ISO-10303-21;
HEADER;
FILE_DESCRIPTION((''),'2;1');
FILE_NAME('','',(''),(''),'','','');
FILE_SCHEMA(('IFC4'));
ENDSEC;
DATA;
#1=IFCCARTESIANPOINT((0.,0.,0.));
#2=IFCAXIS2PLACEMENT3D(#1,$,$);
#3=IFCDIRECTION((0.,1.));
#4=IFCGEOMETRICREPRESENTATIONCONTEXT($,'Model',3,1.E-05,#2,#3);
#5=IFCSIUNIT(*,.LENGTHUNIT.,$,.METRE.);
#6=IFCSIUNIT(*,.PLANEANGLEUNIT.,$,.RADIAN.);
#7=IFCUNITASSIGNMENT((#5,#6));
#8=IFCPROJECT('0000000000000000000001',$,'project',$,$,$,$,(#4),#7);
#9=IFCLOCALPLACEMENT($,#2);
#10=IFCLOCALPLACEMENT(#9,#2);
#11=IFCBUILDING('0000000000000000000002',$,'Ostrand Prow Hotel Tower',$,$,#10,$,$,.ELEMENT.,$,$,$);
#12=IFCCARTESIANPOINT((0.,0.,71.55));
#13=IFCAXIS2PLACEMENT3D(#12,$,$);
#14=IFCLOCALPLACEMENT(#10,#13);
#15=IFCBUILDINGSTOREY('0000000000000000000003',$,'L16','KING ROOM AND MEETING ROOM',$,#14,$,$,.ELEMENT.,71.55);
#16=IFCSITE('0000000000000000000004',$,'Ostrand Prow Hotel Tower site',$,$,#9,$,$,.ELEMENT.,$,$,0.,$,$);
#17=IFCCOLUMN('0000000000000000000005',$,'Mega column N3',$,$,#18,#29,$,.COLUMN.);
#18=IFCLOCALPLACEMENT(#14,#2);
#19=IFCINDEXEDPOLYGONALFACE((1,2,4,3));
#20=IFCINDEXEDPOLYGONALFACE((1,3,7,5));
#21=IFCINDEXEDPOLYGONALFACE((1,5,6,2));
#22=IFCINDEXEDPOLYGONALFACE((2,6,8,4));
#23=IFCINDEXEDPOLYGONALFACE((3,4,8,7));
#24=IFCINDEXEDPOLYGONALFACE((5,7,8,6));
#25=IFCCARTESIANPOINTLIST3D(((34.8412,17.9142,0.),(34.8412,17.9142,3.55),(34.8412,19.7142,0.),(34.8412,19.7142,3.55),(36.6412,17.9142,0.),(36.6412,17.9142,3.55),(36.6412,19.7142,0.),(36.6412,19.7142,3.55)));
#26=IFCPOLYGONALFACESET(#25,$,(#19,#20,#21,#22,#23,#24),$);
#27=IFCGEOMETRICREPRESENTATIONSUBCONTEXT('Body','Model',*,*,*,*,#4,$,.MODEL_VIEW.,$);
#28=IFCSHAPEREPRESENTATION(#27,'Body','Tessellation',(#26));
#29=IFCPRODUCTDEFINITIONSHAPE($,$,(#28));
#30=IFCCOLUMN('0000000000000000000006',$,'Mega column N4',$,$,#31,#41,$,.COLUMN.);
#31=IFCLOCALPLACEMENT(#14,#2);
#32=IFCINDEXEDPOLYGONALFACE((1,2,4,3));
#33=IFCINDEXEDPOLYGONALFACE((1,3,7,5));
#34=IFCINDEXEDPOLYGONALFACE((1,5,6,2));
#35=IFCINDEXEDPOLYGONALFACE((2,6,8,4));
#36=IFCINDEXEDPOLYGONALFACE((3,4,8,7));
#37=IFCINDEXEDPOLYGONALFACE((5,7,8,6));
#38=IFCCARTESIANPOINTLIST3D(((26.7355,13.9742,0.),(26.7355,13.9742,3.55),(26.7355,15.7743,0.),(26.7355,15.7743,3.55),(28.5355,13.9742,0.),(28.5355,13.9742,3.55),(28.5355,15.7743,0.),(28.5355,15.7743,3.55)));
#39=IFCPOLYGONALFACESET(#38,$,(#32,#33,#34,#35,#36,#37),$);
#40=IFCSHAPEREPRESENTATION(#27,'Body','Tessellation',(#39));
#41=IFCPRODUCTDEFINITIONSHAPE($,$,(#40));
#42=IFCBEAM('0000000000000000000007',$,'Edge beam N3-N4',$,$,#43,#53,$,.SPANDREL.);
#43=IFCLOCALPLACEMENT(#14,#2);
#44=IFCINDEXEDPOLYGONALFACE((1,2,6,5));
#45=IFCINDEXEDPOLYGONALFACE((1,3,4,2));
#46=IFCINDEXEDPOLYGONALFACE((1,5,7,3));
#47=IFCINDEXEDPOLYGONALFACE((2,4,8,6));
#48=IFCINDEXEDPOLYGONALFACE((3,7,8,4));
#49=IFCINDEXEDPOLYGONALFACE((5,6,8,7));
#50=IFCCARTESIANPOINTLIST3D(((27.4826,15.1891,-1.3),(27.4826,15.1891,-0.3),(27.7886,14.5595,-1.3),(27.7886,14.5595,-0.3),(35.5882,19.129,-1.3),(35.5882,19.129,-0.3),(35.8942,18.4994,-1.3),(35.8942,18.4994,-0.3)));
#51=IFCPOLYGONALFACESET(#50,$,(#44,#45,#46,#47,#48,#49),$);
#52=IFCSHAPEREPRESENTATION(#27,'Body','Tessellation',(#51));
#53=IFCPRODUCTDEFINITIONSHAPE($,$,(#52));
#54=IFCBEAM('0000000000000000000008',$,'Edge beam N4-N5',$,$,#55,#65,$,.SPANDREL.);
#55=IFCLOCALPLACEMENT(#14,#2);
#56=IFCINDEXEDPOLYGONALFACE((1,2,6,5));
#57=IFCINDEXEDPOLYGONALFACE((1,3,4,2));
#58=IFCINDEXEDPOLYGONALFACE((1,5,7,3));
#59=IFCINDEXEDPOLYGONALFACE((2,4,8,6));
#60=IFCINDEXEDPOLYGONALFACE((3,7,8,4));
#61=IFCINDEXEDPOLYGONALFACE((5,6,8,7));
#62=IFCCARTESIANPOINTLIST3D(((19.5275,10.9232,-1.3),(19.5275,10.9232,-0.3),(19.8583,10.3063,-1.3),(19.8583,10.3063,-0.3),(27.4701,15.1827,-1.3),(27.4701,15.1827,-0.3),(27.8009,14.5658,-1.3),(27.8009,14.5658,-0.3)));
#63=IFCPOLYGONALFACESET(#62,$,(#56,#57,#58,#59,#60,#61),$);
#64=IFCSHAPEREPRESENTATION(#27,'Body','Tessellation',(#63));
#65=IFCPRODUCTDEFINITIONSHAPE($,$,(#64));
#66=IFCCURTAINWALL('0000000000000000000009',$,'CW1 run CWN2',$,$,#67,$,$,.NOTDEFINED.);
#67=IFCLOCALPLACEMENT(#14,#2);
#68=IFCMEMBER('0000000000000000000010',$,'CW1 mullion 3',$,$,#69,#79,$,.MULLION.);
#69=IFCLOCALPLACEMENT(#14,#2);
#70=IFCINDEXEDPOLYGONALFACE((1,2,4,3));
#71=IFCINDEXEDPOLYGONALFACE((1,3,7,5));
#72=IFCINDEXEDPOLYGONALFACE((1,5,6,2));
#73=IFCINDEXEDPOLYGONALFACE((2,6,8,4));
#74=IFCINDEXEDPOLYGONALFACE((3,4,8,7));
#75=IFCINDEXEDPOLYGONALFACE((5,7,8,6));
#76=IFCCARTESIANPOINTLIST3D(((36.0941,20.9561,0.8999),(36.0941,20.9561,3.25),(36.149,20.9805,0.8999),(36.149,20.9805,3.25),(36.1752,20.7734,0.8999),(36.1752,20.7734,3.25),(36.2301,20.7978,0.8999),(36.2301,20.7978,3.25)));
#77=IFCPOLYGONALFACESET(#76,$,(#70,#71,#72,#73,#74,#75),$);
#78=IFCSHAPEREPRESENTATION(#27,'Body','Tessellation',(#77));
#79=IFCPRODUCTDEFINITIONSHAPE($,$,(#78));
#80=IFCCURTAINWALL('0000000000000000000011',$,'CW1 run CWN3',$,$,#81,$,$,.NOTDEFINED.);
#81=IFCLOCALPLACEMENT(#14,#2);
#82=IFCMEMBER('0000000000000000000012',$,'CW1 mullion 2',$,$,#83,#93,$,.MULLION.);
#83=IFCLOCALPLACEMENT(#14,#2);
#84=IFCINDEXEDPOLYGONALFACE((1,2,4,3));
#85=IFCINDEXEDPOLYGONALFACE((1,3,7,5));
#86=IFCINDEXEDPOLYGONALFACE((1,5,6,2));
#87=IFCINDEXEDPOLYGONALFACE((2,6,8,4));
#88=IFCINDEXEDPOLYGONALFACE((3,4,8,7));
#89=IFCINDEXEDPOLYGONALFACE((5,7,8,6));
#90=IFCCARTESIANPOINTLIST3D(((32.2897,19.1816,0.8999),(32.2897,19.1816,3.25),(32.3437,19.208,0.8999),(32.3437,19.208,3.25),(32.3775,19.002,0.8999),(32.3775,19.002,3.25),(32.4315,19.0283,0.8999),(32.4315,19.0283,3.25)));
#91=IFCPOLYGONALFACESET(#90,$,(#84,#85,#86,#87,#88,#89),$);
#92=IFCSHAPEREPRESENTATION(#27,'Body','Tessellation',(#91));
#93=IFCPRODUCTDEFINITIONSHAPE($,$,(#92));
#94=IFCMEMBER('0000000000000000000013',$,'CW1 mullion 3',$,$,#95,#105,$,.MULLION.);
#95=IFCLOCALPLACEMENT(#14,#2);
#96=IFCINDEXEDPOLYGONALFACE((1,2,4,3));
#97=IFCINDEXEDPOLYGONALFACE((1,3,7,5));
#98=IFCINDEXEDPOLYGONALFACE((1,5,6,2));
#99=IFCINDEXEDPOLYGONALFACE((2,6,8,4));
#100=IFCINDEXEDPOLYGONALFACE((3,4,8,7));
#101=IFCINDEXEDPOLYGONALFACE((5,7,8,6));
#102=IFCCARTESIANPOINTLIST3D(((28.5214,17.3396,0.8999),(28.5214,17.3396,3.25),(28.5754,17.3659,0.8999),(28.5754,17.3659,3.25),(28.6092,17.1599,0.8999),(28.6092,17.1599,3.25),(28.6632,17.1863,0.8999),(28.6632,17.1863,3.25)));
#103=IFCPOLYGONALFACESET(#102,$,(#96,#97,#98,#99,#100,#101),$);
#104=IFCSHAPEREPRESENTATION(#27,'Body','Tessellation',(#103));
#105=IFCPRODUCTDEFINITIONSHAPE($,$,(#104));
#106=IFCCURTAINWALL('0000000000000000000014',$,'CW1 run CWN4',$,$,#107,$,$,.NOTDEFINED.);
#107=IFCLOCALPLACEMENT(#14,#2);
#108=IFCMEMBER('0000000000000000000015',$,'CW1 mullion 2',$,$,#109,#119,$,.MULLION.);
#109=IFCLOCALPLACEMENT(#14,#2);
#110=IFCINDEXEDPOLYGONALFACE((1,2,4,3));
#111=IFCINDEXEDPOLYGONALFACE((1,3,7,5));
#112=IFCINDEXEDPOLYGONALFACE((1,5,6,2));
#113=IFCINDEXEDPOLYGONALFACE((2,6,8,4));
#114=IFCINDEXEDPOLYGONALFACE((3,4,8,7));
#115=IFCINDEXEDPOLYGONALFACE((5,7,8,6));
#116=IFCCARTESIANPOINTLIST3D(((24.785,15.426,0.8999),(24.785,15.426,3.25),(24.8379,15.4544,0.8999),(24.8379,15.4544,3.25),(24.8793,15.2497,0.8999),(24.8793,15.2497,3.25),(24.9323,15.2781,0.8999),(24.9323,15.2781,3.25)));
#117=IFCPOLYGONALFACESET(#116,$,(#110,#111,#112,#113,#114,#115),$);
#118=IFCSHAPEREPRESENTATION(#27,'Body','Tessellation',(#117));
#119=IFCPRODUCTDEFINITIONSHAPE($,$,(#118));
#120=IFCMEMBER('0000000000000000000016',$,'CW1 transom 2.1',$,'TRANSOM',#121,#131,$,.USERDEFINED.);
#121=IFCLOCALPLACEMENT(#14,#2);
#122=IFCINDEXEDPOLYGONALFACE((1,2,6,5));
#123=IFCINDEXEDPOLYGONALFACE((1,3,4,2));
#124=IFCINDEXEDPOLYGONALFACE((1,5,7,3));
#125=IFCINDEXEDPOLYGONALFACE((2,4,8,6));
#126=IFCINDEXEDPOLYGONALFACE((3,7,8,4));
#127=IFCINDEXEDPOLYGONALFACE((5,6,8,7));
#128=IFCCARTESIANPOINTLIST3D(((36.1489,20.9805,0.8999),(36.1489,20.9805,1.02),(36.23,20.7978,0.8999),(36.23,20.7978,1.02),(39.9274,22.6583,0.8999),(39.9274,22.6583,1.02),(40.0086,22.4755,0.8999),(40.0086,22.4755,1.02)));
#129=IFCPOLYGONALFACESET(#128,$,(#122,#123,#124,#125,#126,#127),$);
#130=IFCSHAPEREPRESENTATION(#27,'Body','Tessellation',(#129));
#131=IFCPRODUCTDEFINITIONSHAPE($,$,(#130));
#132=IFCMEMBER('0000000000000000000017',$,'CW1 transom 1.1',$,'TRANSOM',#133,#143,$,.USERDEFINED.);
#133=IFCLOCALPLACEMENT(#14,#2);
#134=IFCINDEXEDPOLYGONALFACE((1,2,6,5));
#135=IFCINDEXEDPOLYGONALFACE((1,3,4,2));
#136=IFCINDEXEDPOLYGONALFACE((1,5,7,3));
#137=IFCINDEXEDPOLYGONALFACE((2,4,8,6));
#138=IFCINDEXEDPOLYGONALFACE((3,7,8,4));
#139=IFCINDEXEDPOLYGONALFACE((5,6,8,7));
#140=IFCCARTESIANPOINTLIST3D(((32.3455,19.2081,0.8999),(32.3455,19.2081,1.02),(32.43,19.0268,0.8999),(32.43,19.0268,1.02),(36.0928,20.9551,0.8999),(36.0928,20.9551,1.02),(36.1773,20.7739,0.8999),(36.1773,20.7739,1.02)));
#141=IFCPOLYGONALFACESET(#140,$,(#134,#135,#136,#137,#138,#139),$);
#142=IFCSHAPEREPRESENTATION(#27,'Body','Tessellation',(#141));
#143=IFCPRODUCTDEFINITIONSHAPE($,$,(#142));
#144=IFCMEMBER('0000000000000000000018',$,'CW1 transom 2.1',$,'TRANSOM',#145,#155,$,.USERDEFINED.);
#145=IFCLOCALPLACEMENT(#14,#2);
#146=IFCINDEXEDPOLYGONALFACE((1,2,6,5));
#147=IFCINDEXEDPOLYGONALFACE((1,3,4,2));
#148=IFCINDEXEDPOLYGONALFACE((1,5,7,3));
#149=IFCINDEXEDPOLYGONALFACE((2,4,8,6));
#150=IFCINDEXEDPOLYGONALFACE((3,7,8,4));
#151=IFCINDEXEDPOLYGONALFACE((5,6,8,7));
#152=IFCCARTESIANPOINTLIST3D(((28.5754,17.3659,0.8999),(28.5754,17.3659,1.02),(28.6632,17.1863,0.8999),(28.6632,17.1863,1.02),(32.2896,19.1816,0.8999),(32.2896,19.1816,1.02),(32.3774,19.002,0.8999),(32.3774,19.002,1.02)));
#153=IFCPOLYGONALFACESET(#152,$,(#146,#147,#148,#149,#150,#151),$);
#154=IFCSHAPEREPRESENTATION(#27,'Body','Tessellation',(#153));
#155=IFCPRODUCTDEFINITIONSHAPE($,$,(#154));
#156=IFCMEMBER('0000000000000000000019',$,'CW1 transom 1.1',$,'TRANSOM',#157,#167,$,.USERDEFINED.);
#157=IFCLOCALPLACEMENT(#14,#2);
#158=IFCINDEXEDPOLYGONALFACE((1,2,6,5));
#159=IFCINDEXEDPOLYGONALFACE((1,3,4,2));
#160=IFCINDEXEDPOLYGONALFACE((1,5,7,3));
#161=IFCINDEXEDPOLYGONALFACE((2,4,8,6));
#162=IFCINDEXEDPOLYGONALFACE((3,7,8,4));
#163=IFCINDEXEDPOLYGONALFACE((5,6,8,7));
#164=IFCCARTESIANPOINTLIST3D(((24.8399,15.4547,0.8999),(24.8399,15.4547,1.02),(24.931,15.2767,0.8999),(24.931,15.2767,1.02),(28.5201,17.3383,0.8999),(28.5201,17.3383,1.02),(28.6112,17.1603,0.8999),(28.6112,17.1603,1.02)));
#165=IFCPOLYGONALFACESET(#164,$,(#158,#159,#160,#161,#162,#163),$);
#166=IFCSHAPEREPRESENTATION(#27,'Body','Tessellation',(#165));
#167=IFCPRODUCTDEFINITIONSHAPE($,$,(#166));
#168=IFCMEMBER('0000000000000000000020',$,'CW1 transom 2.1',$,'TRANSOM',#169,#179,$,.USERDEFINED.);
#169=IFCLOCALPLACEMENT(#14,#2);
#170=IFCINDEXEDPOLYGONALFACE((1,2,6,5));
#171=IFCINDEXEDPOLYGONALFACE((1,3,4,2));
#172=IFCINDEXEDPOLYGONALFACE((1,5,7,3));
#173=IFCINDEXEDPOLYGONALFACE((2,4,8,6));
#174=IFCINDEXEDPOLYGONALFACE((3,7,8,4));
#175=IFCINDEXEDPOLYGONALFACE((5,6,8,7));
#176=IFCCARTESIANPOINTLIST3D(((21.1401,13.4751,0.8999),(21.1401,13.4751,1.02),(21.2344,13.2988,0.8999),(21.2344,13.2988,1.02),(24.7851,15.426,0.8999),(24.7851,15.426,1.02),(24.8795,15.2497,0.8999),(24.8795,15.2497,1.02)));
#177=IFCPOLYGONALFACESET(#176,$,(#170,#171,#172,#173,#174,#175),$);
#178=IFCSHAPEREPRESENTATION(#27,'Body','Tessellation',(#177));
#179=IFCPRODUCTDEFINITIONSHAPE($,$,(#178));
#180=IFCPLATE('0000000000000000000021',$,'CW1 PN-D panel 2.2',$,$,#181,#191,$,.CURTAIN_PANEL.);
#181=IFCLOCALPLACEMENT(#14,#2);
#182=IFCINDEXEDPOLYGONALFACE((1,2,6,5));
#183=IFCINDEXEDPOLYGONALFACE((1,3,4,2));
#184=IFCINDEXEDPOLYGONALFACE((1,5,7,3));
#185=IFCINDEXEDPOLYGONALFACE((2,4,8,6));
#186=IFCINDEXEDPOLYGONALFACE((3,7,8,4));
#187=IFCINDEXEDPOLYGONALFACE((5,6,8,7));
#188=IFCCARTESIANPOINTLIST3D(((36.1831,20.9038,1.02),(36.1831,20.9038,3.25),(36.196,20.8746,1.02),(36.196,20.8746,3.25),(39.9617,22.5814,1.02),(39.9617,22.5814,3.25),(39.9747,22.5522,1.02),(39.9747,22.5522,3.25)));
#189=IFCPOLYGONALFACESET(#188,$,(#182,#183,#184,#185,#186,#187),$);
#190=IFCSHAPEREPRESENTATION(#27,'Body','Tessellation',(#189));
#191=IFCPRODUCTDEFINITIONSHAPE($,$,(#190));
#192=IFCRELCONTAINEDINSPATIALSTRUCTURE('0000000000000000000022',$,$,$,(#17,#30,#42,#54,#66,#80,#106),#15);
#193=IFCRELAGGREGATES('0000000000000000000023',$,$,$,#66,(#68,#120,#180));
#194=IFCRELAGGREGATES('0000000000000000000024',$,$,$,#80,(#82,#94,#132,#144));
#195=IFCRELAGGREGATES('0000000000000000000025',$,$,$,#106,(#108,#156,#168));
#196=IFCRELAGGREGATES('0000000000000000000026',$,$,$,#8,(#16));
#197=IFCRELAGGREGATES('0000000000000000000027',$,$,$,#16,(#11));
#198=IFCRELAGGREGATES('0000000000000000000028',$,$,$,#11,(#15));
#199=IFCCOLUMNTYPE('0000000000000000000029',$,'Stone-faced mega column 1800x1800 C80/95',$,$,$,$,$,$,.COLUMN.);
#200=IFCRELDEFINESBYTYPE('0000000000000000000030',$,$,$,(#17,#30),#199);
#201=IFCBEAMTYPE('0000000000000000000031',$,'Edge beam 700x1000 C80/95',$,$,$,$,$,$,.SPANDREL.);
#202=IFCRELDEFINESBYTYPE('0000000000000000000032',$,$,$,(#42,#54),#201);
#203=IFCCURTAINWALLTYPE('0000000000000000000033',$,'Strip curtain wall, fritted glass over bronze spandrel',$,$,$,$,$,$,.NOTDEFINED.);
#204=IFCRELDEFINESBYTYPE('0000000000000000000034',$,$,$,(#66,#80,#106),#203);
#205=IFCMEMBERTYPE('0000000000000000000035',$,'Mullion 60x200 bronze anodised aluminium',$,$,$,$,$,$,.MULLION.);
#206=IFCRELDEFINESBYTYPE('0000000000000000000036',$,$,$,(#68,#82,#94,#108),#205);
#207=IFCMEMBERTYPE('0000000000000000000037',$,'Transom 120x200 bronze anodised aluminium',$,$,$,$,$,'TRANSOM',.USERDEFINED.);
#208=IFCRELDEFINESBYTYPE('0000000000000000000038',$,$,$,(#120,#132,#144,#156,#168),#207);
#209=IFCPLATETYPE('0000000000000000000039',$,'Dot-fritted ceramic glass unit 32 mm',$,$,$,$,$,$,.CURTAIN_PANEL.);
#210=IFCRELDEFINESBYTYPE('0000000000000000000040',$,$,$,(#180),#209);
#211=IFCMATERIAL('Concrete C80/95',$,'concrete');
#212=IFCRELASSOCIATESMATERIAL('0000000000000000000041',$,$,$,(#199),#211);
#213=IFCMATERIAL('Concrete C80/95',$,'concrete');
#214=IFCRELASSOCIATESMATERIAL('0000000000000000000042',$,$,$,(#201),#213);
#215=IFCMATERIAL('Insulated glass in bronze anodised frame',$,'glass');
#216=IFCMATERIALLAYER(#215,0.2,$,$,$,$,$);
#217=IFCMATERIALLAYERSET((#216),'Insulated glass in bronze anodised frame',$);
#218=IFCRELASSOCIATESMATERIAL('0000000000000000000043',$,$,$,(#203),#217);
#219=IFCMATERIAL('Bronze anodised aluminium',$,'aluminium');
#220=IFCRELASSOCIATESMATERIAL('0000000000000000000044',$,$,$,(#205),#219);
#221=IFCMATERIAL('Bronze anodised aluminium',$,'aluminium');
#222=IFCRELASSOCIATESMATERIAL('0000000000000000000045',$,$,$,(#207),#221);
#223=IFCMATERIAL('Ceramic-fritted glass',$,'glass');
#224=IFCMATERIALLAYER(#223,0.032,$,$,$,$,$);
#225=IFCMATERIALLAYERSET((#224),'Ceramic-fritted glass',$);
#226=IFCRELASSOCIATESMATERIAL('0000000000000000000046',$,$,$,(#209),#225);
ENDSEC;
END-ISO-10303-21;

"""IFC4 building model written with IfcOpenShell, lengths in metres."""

from ifc_helpers import new_model, si_unit, direction, frame, origin, origin_2d, place, context, subcontext, project, spatial, rectangle, extrude, material, layer, layer_set, material_profile, profile_set, type_object, element, aggregate, save


model = new_model("IFC4")

# Units and contexts
model_context = context("Model", 3, precision=1e-05, world=origin(), true_north=direction((0.0, 1.0)))
body_context = subcontext(model_context, "Body", "Model", "MODEL_VIEW")
ifc_project = project(units=[si_unit("LENGTHUNIT", "METRE"), si_unit("PLANEANGLEUNIT", "RADIAN")], contexts=[model_context])

# Site, building, storey
site_placement = place(None, origin())
site = spatial("IfcSite", under=ifc_project, at=site_placement, Name="Ostrand Prow Hotel Tower site", CompositionType="ELEMENT", RefElevation=0.0)
building_placement = place(site_placement, origin())
building = spatial("IfcBuilding", under=site, at=building_placement, Name="Ostrand Prow Hotel Tower", CompositionType="ELEMENT")
storey_placement = place(building_placement, frame((0.0, 0.0, 71.55)))
storey = spatial("IfcBuildingStorey", under=building, at=storey_placement, Name="L16", Description="KING ROOM AND MEETING ROOM", CompositionType="ELEMENT", Elevation=71.55)

# Columns
ifc_material_1 = material(Name="Concrete C80/95", Category="concrete")
ifc_material_profile_1 = material_profile(ifc_material_1, rectangle(XDim=1.8, YDim=1.8, at=origin_2d()), Name="RC 1800x1800")
ifc_profile_set_1 = profile_set([ifc_material_profile_1], Name="Concrete C80/95")
column_type = type_object("IfcColumnType", Name="Stone-faced mega column 1800x1800 C80/95", PredefinedType="COLUMN", material=ifc_profile_set_1)
for number, where, z_axis, x_axis, name in (
    (1, (35.7412, 18.8142, 0.0), (0.0, 0.0, 1.0), (1.0, 0.0, 0.0), "Mega column N3"),
    (2, (27.6355, 14.8743, 0.0), (0.0, 0.0, 1.0), (1.0, 0.0, 0.0), "Mega column N4"),
):
    element("IfcColumn", number, at=place(storey_placement, frame(where, z_axis=z_axis, x_axis=x_axis)), inside=storey, type_object=column_type, Name=name, PredefinedType="COLUMN", context=body_context, shape_type="SweptSolid", body=[
        extrude(rectangle(XDim=1.8, YDim=1.8, at=origin_2d()), origin(), (0.0, 0.0, 1.0), 3.55),
    ])

# Beams
ifc_material_2 = material(Name="Concrete C80/95", Category="concrete")
ifc_material_profile_2 = material_profile(ifc_material_2, rectangle(XDim=0.7, YDim=1.0, at=origin_2d()), Name="RC 700x1000")
ifc_profile_set_2 = profile_set([ifc_material_profile_2], Name="Concrete C80/95")
beam_type = type_object("IfcBeamType", Name="Edge beam 700x1000 C80/95", PredefinedType="SPANDREL", material=ifc_profile_set_2)
beam_1_placement = place(storey_placement, frame((35.7412, 18.8142, -0.8), z_axis=(-0.899382, -0.437163, 0.0), x_axis=(0.437163, -0.899382, 0.0)))
element("IfcBeam", 3, at=beam_1_placement, inside=storey, type_object=beam_type, Name="Edge beam N3-N4", PredefinedType="SPANDREL", context=body_context, shape_type="SweptSolid", body=[
    extrude(rectangle(XDim=0.7, YDim=1.0, at=origin_2d()), origin(), (0.0, 0.0, 1.0), 9.0125),
])
beam_2_placement = place(storey_placement, frame((27.6355, 14.8743, -0.8), z_axis=(-0.88127, -0.472613, 0.0), x_axis=(0.472613, -0.88127, 0.0)))
element("IfcBeam", 4, at=beam_2_placement, inside=storey, type_object=beam_type, Name="Edge beam N4-N5", PredefinedType="SPANDREL", context=body_context, shape_type="SweptSolid", body=[
    extrude(rectangle(XDim=0.7, YDim=1.0, at=origin_2d()), origin(), (0.0, 0.0, 1.0), 9.0127),
])

# Curtain wall, member
ifc_material_3 = material(Name="Insulated glass in bronze anodised frame", Category="glass")
ifc_layer_1 = layer(ifc_material_3, 0.2)
ifc_layer_set_1 = layer_set([ifc_layer_1], Name="Insulated glass in bronze anodised frame")
curtain_wall_type = type_object("IfcCurtainWallType", Name="Strip curtain wall, fritted glass over bronze spandrel", PredefinedType="NOTDEFINED", material=ifc_layer_set_1)
curtain_wall_1_placement = place(storey_placement, origin())
curtain_wall_1 = element("IfcCurtainWall", 5, at=curtain_wall_1_placement, inside=storey, type_object=curtain_wall_type, Name="CW1 run CWN2", PredefinedType="NOTDEFINED")
ifc_material_4 = material(Name="Bronze anodised aluminium", Category="aluminium")
ifc_material_profile_3 = material_profile(ifc_material_4, rectangle(XDim=0.2, YDim=0.0601, at=origin_2d()), Name="Mullion 60x200 bronze anodised aluminium")
ifc_profile_set_3 = profile_set([ifc_material_profile_3], Name="Bronze anodised aluminium")
member_type_1 = type_object("IfcMemberType", Name="Mullion 60x200 bronze anodised aluminium", PredefinedType="MULLION", material=ifc_profile_set_3)
member_1_placement = place(storey_placement, frame((36.1621, 20.877, 0.8999), z_axis=(0.0, 0.0, 1.0), x_axis=(0.40578, -0.913971, 0.0)))
member_1 = element("IfcMember", 6, at=member_1_placement, type_object=member_type_1, Name="CW1 mullion 3", PredefinedType="MULLION", context=body_context, shape_type="SweptSolid", body=[
    extrude(rectangle(XDim=0.2, YDim=0.0601, at=origin_2d()), origin(), (0.0, 0.0, 1.0), 2.3501),
])

# Curtain wall, members
curtain_wall_2_placement = place(storey_placement, origin())
curtain_wall_2 = element("IfcCurtainWall", 7, at=curtain_wall_2_placement, inside=storey, type_object=curtain_wall_type, Name="CW1 run CWN3", PredefinedType="NOTDEFINED")
member_2_placement = place(storey_placement, frame((32.3606, 19.105, 0.8999), z_axis=(0.0, 0.0, 1.0), x_axis=(0.439138, -0.89842, 0.0)))
member_2 = element("IfcMember", 8, at=member_2_placement, type_object=member_type_1, Name="CW1 mullion 2", PredefinedType="MULLION", context=body_context, shape_type="SweptSolid", body=[
    extrude(rectangle(XDim=0.2, YDim=0.0601, at=origin_2d()), origin(), (0.0, 0.0, 1.0), 2.3501),
])
member_3_placement = place(storey_placement, frame((28.5923, 17.2629, 0.8999), z_axis=(0.0, 0.0, 1.0), x_axis=(0.439138, -0.89842, 0.0)))
member_3 = element("IfcMember", 9, at=member_3_placement, type_object=member_type_1, Name="CW1 mullion 3", PredefinedType="MULLION", context=body_context, shape_type="SweptSolid", body=[
    extrude(rectangle(XDim=0.2, YDim=0.0601, at=origin_2d()), origin(), (0.0, 0.0, 1.0), 2.3501),
])

# Curtain wall, member
curtain_wall_3_placement = place(storey_placement, origin())
curtain_wall_3 = element("IfcCurtainWall", 10, at=curtain_wall_3_placement, inside=storey, type_object=curtain_wall_type, Name="CW1 run CWN4", PredefinedType="NOTDEFINED")
member_4_placement = place(storey_placement, frame((24.8586, 15.3521, 0.8999), z_axis=(0.0, 0.0, 1.0), x_axis=(0.4719, -0.881652, 0.0)))
member_4 = element("IfcMember", 11, at=member_4_placement, type_object=member_type_1, Name="CW1 mullion 2", PredefinedType="MULLION", context=body_context, shape_type="SweptSolid", body=[
    extrude(rectangle(XDim=0.2, YDim=0.0601, at=origin_2d()), origin(), (0.0, 0.0, 1.0), 2.3501),
])

# Members
ifc_material_5 = material(Name="Bronze anodised aluminium", Category="aluminium")
ifc_material_profile_4 = material_profile(ifc_material_5, rectangle(XDim=0.2, YDim=0.1201, at=origin_2d()), Name="Transom 120x200 bronze anodised aluminium")
ifc_profile_set_4 = profile_set([ifc_material_profile_4], Name="Bronze anodised aluminium")
member_type_2 = type_object("IfcMemberType", Name="Transom 120x200 bronze anodised aluminium", ElementType="TRANSOM", PredefinedType="USERDEFINED", material=ifc_profile_set_4)
member_5_placement = place(storey_placement, frame((39.968, 22.5669, 0.96), z_axis=(-0.913958, -0.40581, 0.0), x_axis=(0.40581, -0.913958, 0.0)))
member_5 = element("IfcMember", 12, at=member_5_placement, type_object=member_type_2, Name="CW1 transom 2.1", ObjectType="TRANSOM", PredefinedType="USERDEFINED", context=body_context, shape_type="SweptSolid", body=[
    extrude(rectangle(XDim=0.2, YDim=0.1201, at=origin_2d()), origin(), (0.0, 0.0, 1.0), 4.1343),
])
member_6_placement = place(storey_placement, frame((36.135, 20.8645, 0.96), z_axis=(-0.906338, -0.422552, 0.0), x_axis=(0.422552, -0.906338, 0.0)))
member_6 = element("IfcMember", 13, at=member_6_placement, type_object=member_type_2, Name="CW1 transom 1.1", ObjectType="TRANSOM", PredefinedType="USERDEFINED", context=body_context, shape_type="SweptSolid", body=[
    extrude(rectangle(XDim=0.2, YDim=0.1201, at=origin_2d()), origin(), (0.0, 0.0, 1.0), 4.1345),
])
member_7_placement = place(storey_placement, frame((32.3335, 19.0918, 0.96), z_axis=(-0.898395, -0.439188, 0.0), x_axis=(0.439188, -0.898395, 0.0)))
member_7 = element("IfcMember", 14, at=member_7_placement, type_object=member_type_2, Name="CW1 transom 2.1", ObjectType="TRANSOM", PredefinedType="USERDEFINED", context=body_context, shape_type="SweptSolid", body=[
    extrude(rectangle(XDim=0.2, YDim=0.1201, at=origin_2d()), origin(), (0.0, 0.0, 1.0), 4.1343),
])
member_8_placement = place(storey_placement, frame((28.5657, 17.2493, 0.96), z_axis=(-0.890183, -0.455603, 0.0), x_axis=(0.455603, -0.890183, 0.0)))
member_8 = element("IfcMember", 15, at=member_8_placement, type_object=member_type_2, Name="CW1 transom 1.1", ObjectType="TRANSOM", PredefinedType="USERDEFINED", context=body_context, shape_type="SweptSolid", body=[
    extrude(rectangle(XDim=0.2, YDim=0.1201, at=origin_2d()), origin(), (0.0, 0.0, 1.0), 4.1343),
])
member_9_placement = place(storey_placement, frame((24.8323, 15.3379, 0.96), z_axis=(-0.881657, -0.47189, 0.0), x_axis=(0.47189, -0.881657, 0.0)))
member_9 = element("IfcMember", 16, at=member_9_placement, type_object=member_type_2, Name="CW1 transom 2.1", ObjectType="TRANSOM", PredefinedType="USERDEFINED", context=body_context, shape_type="SweptSolid", body=[
    extrude(rectangle(XDim=0.2, YDim=0.1201, at=origin_2d()), origin(), (0.0, 0.0, 1.0), 4.1343),
])

# Plate
ifc_material_6 = material(Name="Ceramic-fritted glass", Category="glass")
ifc_layer_2 = layer(ifc_material_6, 0.032)
ifc_layer_set_2 = layer_set([ifc_layer_2], Name="Ceramic-fritted glass")
plate_type_1 = type_object("IfcPlateType", Name="Dot-fritted ceramic glass unit 32 mm", PredefinedType="CURTAIN_PANEL", material=ifc_layer_set_2)
plate_1_placement = place(storey_placement, frame((38.0789, 21.728, 1.02), z_axis=(0.0, 0.0, 1.0), x_axis=(-0.913971, -0.40578, 0.0)))
plate_1 = element("IfcPlate", 17, at=plate_1_placement, type_object=plate_type_1, Name="CW1 PN-D panel 2.2", PredefinedType="CURTAIN_PANEL", context=body_context, shape_type="SweptSolid", body=[
    extrude(rectangle(XDim=4.1343, YDim=0.032, at=origin_2d()), origin(), (0.0, 0.0, 1.0), 2.23),
])
aggregate(curtain_wall_1, [member_1, member_5, plate_1])
aggregate(curtain_wall_2, [member_2, member_3, member_6, member_7])
aggregate(curtain_wall_3, [member_4, member_8, member_9])

save(model, "model.ifc")
